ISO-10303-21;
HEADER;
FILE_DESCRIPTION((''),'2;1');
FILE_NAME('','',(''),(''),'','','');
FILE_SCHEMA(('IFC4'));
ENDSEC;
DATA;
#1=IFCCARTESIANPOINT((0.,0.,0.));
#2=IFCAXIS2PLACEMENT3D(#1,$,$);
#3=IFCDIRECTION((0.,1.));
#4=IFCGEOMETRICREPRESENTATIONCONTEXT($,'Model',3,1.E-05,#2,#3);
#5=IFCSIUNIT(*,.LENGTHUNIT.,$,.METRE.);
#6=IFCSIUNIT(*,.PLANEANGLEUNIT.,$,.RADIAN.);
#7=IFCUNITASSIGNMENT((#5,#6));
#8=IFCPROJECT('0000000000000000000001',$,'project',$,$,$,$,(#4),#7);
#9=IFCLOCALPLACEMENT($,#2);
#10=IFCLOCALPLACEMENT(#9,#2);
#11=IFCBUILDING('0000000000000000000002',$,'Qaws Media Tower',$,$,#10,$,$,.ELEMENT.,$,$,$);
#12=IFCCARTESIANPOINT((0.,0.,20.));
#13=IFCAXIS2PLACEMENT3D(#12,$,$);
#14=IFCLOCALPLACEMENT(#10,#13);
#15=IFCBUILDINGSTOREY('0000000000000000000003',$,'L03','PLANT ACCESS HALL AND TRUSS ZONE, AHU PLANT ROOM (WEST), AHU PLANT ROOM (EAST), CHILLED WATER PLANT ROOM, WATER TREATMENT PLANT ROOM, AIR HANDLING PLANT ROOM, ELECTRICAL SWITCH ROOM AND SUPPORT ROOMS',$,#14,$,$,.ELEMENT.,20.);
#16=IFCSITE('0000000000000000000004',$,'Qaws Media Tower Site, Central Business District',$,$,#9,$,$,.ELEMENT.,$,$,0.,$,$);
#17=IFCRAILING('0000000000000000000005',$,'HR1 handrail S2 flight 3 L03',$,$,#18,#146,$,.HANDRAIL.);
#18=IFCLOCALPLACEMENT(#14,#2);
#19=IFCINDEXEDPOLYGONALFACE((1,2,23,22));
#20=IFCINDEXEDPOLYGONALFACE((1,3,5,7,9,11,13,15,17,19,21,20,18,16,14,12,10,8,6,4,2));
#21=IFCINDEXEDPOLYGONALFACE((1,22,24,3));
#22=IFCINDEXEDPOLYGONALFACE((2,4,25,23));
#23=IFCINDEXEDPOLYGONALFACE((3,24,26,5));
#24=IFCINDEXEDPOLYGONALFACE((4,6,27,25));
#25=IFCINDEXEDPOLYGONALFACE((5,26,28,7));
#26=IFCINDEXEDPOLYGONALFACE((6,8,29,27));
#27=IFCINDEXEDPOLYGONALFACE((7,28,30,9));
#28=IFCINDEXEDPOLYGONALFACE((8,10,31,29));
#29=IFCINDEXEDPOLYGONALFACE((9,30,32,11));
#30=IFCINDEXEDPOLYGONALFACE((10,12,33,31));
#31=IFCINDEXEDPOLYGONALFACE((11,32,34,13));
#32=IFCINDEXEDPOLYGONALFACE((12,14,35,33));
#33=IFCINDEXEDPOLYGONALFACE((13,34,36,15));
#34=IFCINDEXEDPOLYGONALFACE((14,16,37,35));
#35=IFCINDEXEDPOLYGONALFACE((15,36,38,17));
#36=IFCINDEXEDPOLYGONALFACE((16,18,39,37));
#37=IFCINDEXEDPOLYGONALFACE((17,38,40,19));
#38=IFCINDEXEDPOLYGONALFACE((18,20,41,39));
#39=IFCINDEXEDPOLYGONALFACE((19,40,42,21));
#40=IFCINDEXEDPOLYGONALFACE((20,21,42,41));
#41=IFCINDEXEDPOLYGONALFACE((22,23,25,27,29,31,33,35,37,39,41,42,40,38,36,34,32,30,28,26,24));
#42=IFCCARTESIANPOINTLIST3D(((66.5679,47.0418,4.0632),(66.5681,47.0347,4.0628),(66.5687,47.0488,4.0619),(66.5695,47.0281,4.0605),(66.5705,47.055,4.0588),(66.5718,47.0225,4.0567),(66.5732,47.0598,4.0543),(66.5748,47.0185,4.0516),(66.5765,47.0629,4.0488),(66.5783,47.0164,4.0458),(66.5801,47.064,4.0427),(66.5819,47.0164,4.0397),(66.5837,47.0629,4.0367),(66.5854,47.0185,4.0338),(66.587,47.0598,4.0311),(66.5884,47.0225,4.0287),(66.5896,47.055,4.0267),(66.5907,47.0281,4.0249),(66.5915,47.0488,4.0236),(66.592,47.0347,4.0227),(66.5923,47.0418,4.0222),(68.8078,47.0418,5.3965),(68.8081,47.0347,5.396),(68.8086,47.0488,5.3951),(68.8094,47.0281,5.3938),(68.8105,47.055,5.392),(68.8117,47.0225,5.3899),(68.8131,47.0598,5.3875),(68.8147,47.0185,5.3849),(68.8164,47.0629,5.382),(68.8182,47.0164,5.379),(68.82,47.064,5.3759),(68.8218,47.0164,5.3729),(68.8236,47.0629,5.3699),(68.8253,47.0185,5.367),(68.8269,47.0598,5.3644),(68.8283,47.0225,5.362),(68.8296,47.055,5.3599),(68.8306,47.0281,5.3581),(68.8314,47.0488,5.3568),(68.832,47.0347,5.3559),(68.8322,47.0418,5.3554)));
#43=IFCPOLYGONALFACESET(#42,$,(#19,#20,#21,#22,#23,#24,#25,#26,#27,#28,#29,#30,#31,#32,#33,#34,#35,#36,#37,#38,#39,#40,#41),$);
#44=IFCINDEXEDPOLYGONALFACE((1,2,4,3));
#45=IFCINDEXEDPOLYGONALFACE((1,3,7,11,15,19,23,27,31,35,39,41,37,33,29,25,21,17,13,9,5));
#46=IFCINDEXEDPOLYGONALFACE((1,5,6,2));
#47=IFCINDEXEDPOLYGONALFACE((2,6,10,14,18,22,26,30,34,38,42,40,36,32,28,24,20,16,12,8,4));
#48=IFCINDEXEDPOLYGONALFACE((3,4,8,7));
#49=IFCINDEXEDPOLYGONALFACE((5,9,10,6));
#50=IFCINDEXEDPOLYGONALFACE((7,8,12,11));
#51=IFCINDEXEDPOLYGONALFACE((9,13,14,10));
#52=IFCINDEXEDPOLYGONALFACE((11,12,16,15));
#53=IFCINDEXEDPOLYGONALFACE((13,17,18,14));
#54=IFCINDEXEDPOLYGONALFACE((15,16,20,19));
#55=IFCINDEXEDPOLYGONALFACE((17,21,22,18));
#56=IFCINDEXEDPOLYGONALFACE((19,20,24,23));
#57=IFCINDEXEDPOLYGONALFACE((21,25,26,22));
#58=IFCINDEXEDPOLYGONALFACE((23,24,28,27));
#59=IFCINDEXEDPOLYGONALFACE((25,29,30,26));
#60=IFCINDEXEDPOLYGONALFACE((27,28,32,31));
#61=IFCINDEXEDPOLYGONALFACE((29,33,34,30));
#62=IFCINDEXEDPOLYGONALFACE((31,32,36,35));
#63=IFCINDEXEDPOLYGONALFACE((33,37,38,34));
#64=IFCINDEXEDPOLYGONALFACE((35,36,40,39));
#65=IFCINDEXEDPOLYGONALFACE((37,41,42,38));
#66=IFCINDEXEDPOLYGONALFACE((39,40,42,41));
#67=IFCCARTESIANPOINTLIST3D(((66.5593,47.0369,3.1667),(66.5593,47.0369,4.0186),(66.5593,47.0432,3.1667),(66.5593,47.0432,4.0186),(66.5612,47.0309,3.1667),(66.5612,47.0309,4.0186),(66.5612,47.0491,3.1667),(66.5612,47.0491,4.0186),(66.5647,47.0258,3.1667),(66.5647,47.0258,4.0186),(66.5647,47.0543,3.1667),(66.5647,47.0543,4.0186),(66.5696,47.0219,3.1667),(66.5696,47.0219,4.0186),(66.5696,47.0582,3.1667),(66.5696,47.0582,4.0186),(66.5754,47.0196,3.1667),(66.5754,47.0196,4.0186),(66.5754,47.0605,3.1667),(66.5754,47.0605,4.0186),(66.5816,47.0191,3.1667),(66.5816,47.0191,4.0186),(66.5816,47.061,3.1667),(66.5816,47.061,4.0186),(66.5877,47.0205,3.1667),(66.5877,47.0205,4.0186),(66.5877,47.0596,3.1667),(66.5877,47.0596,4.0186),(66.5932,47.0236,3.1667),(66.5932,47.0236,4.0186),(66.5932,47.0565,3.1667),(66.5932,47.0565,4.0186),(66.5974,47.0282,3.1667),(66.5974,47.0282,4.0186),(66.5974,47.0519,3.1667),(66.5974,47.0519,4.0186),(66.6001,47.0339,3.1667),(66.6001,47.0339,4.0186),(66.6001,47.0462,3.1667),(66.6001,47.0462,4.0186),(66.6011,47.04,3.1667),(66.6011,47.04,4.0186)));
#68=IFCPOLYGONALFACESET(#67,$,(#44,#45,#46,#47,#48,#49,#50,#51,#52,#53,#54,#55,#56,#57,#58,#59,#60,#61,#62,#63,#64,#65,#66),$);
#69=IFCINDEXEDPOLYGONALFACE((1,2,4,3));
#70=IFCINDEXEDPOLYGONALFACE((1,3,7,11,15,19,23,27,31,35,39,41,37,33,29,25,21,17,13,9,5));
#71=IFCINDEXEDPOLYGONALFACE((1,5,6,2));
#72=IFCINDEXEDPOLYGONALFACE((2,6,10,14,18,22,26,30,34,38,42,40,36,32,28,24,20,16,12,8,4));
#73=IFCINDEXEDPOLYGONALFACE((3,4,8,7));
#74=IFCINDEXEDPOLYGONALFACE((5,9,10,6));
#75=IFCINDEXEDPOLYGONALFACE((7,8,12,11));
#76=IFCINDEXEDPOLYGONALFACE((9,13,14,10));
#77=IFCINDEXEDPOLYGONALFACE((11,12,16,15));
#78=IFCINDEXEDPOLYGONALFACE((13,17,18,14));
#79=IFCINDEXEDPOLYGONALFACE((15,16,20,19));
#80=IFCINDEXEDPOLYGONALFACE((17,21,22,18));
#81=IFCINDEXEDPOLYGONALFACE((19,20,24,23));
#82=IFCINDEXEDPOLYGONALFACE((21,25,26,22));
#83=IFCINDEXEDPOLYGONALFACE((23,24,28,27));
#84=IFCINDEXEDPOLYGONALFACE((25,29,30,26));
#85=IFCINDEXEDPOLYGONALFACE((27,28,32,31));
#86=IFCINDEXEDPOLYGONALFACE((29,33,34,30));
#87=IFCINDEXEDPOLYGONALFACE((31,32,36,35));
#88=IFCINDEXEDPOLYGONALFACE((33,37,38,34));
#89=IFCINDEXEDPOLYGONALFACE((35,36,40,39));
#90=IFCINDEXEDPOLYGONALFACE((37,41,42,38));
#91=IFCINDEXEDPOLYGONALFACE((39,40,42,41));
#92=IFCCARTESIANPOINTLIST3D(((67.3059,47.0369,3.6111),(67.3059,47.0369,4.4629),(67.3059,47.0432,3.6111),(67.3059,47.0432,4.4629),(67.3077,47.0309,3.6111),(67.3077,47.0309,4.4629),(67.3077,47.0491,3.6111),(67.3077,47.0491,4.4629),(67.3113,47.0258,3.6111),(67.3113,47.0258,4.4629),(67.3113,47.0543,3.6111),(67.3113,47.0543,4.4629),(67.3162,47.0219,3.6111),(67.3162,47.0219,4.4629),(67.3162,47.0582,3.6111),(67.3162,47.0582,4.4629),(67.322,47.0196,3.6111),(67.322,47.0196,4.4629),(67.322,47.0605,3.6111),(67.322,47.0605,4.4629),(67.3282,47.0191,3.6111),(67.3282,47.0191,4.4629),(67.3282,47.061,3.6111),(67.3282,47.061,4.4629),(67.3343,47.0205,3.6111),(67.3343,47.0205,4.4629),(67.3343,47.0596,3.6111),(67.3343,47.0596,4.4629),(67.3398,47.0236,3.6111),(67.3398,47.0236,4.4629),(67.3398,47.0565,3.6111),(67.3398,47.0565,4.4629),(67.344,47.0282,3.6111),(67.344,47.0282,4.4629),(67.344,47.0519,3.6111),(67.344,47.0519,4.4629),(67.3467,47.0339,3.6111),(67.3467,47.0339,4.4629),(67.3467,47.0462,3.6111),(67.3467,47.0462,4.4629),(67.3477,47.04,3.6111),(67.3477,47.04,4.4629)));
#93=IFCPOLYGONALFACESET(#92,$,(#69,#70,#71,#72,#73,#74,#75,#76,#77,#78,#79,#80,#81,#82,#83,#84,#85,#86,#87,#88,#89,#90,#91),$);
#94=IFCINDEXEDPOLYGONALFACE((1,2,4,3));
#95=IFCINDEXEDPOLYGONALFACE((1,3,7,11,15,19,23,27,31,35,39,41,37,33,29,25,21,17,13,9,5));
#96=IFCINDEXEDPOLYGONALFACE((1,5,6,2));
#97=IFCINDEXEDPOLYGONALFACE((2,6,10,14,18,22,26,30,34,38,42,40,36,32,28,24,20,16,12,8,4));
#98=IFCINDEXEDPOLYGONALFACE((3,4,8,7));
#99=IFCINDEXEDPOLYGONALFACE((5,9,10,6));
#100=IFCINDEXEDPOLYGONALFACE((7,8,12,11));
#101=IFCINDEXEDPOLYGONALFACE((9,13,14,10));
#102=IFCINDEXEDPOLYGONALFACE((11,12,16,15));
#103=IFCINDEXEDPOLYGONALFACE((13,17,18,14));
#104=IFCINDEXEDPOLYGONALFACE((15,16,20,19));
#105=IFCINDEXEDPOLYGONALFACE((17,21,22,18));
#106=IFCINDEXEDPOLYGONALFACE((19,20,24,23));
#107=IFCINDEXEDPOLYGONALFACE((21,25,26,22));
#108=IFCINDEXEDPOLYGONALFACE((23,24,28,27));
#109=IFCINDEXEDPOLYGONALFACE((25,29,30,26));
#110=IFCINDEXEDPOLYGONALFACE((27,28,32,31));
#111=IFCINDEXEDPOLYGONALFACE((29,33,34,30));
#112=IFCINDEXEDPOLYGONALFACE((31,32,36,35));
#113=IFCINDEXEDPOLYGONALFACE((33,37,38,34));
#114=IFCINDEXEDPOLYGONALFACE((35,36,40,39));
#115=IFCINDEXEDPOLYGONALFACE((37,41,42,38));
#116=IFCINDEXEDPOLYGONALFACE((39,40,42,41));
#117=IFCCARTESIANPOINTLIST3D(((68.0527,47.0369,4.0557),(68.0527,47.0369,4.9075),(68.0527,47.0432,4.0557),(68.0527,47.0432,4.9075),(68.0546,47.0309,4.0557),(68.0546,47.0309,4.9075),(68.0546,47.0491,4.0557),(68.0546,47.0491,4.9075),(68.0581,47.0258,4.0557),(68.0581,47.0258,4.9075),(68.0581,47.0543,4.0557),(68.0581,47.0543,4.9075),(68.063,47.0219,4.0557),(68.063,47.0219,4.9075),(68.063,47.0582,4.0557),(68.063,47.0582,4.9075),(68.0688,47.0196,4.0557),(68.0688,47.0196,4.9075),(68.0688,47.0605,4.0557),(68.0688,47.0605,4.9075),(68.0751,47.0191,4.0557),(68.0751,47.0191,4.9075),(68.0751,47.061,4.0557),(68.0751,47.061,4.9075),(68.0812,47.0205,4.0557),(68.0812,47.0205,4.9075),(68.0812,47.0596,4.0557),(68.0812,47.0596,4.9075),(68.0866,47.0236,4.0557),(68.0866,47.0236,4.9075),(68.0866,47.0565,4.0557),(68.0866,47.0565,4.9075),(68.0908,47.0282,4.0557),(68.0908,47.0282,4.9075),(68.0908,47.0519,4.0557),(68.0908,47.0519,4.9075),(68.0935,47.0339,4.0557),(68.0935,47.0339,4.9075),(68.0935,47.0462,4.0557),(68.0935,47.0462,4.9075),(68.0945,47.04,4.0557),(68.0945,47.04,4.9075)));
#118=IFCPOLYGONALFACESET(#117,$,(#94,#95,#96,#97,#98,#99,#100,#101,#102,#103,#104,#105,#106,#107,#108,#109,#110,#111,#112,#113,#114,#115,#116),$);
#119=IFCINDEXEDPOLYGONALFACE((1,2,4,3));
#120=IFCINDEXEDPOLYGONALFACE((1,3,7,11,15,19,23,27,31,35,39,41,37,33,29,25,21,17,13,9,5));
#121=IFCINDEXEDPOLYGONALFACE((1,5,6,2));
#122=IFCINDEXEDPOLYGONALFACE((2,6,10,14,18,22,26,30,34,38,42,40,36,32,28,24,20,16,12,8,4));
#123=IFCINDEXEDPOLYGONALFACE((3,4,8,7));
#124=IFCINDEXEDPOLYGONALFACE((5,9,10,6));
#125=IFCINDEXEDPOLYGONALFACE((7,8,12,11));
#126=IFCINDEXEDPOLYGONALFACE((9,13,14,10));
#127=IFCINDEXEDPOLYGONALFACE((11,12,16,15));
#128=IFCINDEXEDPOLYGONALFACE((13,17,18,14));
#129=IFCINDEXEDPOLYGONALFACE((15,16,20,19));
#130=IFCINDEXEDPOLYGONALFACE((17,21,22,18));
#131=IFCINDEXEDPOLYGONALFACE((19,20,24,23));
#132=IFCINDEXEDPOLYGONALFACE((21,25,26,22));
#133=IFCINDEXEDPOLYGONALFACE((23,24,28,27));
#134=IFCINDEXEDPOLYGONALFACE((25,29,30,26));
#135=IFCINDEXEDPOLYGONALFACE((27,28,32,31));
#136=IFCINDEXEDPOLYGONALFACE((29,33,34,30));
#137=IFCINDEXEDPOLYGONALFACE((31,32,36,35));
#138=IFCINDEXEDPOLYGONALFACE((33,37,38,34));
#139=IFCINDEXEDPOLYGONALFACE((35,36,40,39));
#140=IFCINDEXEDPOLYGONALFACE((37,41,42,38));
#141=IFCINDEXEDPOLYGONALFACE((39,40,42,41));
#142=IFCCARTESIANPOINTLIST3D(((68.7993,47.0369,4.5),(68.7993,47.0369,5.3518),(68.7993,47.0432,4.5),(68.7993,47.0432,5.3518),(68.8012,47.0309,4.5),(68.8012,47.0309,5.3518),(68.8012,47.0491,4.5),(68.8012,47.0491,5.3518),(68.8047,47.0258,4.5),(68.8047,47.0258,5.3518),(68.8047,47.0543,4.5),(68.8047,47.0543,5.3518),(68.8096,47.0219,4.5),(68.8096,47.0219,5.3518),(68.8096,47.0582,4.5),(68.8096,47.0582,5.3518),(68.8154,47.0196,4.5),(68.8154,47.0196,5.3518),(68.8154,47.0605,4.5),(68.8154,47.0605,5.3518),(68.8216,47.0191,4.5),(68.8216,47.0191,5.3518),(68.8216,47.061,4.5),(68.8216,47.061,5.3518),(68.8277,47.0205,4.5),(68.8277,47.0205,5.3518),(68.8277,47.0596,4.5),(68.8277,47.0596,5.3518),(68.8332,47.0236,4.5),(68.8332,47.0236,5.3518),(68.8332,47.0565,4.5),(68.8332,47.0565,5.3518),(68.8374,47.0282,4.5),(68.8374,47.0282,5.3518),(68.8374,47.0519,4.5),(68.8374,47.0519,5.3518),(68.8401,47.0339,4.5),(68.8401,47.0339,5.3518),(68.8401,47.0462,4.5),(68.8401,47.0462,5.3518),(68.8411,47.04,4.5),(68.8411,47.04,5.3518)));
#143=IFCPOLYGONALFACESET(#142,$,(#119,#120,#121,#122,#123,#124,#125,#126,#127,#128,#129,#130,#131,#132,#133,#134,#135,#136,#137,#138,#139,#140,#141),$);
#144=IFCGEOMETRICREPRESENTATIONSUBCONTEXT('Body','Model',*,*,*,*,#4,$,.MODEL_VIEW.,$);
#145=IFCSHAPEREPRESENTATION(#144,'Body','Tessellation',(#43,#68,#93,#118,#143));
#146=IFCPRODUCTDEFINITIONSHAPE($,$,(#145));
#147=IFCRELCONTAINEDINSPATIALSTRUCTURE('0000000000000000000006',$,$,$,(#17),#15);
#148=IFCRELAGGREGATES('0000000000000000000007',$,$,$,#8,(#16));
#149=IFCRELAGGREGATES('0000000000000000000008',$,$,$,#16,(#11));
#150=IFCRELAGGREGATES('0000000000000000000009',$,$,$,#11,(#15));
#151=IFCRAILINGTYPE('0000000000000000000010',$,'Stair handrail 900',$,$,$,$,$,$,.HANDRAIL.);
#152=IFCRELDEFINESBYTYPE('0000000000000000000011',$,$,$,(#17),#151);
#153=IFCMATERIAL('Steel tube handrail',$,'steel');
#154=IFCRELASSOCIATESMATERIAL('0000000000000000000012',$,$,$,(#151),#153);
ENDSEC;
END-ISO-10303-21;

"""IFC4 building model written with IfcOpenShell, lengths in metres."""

from ifc_helpers import new_model, si_unit, direction, frame, origin, origin_2d, place, context, subcontext, project, spatial, circle, extrude, material, type_object, element, save


model = new_model("IFC4")

# Units and contexts
model_context = context("Model", 3, precision=1e-05, world=origin(), true_north=direction((0.0, 1.0)))
body_context = subcontext(model_context, "Body", "Model", "MODEL_VIEW")
ifc_project = project(units=[si_unit("LENGTHUNIT", "METRE"), si_unit("PLANEANGLEUNIT", "RADIAN")], contexts=[model_context])

# Site, building, storey
site_placement = place(None, origin())
site = spatial("IfcSite", under=ifc_project, at=site_placement, Name="Qaws Media Tower Site, Central Business District", CompositionType="ELEMENT", RefElevation=0.0)
building_placement = place(site_placement, origin())
building = spatial("IfcBuilding", under=site, at=building_placement, Name="Qaws Media Tower", CompositionType="ELEMENT")
storey_placement = place(building_placement, frame((0.0, 0.0, 20.0)))
storey = spatial("IfcBuildingStorey", under=building, at=storey_placement, Name="L03", Description="PLANT ACCESS HALL AND TRUSS ZONE, AHU PLANT ROOM (WEST), AHU PLANT ROOM (EAST), CHILLED WATER PLANT ROOM, WATER TREATMENT PLANT ROOM, AIR HANDLING PLANT ROOM, ELECTRICAL SWITCH ROOM AND SUPPORT ROOMS", CompositionType="ELEMENT", Elevation=20.0)

# Railing
ifc_material_1 = material(Name="Steel tube handrail", Category="steel")
railing_type = type_object("IfcRailingType", Name="Stair handrail 900", PredefinedType="HANDRAIL", material=ifc_material_1)
for number, where, name in (
    (1, (66.5801, 47.04, 3.1667), "HR1 handrail S2 flight 3 L03"),
):
    element("IfcRailing", number, at=place(storey_placement, frame(where)), inside=storey, type_object=railing_type, Name=name, PredefinedType="HANDRAIL", context=body_context, shape_type="SweptSolid", body=[
        extrude(circle(Radius=0.0239, at=origin_2d()), frame((0.0, 0.0, 0.876), z_axis=(0.859306, 0.0, 0.511462), x_axis=(0.0, 1.0, 0.0)), (0.0, 0.0, 1.0), 2.6067),
        extrude(circle(Radius=0.021, at=origin_2d()), origin(), (0.0, 0.0, 1.0), 0.8518),
        extrude(circle(Radius=0.021, at=origin_2d()), frame((0.7466, 0.0, 0.4443)), (0.0, 0.0, 1.0), 0.8518),
        extrude(circle(Radius=0.021, at=origin_2d()), frame((1.4934, 0.0, 0.8889)), (0.0, 0.0, 1.0), 0.8518),
        extrude(circle(Radius=0.021, at=origin_2d()), frame((2.24, 0.0, 1.3333)), (0.0, 0.0, 1.0), 0.8518),
    ])

save(model, "model.ifc")
